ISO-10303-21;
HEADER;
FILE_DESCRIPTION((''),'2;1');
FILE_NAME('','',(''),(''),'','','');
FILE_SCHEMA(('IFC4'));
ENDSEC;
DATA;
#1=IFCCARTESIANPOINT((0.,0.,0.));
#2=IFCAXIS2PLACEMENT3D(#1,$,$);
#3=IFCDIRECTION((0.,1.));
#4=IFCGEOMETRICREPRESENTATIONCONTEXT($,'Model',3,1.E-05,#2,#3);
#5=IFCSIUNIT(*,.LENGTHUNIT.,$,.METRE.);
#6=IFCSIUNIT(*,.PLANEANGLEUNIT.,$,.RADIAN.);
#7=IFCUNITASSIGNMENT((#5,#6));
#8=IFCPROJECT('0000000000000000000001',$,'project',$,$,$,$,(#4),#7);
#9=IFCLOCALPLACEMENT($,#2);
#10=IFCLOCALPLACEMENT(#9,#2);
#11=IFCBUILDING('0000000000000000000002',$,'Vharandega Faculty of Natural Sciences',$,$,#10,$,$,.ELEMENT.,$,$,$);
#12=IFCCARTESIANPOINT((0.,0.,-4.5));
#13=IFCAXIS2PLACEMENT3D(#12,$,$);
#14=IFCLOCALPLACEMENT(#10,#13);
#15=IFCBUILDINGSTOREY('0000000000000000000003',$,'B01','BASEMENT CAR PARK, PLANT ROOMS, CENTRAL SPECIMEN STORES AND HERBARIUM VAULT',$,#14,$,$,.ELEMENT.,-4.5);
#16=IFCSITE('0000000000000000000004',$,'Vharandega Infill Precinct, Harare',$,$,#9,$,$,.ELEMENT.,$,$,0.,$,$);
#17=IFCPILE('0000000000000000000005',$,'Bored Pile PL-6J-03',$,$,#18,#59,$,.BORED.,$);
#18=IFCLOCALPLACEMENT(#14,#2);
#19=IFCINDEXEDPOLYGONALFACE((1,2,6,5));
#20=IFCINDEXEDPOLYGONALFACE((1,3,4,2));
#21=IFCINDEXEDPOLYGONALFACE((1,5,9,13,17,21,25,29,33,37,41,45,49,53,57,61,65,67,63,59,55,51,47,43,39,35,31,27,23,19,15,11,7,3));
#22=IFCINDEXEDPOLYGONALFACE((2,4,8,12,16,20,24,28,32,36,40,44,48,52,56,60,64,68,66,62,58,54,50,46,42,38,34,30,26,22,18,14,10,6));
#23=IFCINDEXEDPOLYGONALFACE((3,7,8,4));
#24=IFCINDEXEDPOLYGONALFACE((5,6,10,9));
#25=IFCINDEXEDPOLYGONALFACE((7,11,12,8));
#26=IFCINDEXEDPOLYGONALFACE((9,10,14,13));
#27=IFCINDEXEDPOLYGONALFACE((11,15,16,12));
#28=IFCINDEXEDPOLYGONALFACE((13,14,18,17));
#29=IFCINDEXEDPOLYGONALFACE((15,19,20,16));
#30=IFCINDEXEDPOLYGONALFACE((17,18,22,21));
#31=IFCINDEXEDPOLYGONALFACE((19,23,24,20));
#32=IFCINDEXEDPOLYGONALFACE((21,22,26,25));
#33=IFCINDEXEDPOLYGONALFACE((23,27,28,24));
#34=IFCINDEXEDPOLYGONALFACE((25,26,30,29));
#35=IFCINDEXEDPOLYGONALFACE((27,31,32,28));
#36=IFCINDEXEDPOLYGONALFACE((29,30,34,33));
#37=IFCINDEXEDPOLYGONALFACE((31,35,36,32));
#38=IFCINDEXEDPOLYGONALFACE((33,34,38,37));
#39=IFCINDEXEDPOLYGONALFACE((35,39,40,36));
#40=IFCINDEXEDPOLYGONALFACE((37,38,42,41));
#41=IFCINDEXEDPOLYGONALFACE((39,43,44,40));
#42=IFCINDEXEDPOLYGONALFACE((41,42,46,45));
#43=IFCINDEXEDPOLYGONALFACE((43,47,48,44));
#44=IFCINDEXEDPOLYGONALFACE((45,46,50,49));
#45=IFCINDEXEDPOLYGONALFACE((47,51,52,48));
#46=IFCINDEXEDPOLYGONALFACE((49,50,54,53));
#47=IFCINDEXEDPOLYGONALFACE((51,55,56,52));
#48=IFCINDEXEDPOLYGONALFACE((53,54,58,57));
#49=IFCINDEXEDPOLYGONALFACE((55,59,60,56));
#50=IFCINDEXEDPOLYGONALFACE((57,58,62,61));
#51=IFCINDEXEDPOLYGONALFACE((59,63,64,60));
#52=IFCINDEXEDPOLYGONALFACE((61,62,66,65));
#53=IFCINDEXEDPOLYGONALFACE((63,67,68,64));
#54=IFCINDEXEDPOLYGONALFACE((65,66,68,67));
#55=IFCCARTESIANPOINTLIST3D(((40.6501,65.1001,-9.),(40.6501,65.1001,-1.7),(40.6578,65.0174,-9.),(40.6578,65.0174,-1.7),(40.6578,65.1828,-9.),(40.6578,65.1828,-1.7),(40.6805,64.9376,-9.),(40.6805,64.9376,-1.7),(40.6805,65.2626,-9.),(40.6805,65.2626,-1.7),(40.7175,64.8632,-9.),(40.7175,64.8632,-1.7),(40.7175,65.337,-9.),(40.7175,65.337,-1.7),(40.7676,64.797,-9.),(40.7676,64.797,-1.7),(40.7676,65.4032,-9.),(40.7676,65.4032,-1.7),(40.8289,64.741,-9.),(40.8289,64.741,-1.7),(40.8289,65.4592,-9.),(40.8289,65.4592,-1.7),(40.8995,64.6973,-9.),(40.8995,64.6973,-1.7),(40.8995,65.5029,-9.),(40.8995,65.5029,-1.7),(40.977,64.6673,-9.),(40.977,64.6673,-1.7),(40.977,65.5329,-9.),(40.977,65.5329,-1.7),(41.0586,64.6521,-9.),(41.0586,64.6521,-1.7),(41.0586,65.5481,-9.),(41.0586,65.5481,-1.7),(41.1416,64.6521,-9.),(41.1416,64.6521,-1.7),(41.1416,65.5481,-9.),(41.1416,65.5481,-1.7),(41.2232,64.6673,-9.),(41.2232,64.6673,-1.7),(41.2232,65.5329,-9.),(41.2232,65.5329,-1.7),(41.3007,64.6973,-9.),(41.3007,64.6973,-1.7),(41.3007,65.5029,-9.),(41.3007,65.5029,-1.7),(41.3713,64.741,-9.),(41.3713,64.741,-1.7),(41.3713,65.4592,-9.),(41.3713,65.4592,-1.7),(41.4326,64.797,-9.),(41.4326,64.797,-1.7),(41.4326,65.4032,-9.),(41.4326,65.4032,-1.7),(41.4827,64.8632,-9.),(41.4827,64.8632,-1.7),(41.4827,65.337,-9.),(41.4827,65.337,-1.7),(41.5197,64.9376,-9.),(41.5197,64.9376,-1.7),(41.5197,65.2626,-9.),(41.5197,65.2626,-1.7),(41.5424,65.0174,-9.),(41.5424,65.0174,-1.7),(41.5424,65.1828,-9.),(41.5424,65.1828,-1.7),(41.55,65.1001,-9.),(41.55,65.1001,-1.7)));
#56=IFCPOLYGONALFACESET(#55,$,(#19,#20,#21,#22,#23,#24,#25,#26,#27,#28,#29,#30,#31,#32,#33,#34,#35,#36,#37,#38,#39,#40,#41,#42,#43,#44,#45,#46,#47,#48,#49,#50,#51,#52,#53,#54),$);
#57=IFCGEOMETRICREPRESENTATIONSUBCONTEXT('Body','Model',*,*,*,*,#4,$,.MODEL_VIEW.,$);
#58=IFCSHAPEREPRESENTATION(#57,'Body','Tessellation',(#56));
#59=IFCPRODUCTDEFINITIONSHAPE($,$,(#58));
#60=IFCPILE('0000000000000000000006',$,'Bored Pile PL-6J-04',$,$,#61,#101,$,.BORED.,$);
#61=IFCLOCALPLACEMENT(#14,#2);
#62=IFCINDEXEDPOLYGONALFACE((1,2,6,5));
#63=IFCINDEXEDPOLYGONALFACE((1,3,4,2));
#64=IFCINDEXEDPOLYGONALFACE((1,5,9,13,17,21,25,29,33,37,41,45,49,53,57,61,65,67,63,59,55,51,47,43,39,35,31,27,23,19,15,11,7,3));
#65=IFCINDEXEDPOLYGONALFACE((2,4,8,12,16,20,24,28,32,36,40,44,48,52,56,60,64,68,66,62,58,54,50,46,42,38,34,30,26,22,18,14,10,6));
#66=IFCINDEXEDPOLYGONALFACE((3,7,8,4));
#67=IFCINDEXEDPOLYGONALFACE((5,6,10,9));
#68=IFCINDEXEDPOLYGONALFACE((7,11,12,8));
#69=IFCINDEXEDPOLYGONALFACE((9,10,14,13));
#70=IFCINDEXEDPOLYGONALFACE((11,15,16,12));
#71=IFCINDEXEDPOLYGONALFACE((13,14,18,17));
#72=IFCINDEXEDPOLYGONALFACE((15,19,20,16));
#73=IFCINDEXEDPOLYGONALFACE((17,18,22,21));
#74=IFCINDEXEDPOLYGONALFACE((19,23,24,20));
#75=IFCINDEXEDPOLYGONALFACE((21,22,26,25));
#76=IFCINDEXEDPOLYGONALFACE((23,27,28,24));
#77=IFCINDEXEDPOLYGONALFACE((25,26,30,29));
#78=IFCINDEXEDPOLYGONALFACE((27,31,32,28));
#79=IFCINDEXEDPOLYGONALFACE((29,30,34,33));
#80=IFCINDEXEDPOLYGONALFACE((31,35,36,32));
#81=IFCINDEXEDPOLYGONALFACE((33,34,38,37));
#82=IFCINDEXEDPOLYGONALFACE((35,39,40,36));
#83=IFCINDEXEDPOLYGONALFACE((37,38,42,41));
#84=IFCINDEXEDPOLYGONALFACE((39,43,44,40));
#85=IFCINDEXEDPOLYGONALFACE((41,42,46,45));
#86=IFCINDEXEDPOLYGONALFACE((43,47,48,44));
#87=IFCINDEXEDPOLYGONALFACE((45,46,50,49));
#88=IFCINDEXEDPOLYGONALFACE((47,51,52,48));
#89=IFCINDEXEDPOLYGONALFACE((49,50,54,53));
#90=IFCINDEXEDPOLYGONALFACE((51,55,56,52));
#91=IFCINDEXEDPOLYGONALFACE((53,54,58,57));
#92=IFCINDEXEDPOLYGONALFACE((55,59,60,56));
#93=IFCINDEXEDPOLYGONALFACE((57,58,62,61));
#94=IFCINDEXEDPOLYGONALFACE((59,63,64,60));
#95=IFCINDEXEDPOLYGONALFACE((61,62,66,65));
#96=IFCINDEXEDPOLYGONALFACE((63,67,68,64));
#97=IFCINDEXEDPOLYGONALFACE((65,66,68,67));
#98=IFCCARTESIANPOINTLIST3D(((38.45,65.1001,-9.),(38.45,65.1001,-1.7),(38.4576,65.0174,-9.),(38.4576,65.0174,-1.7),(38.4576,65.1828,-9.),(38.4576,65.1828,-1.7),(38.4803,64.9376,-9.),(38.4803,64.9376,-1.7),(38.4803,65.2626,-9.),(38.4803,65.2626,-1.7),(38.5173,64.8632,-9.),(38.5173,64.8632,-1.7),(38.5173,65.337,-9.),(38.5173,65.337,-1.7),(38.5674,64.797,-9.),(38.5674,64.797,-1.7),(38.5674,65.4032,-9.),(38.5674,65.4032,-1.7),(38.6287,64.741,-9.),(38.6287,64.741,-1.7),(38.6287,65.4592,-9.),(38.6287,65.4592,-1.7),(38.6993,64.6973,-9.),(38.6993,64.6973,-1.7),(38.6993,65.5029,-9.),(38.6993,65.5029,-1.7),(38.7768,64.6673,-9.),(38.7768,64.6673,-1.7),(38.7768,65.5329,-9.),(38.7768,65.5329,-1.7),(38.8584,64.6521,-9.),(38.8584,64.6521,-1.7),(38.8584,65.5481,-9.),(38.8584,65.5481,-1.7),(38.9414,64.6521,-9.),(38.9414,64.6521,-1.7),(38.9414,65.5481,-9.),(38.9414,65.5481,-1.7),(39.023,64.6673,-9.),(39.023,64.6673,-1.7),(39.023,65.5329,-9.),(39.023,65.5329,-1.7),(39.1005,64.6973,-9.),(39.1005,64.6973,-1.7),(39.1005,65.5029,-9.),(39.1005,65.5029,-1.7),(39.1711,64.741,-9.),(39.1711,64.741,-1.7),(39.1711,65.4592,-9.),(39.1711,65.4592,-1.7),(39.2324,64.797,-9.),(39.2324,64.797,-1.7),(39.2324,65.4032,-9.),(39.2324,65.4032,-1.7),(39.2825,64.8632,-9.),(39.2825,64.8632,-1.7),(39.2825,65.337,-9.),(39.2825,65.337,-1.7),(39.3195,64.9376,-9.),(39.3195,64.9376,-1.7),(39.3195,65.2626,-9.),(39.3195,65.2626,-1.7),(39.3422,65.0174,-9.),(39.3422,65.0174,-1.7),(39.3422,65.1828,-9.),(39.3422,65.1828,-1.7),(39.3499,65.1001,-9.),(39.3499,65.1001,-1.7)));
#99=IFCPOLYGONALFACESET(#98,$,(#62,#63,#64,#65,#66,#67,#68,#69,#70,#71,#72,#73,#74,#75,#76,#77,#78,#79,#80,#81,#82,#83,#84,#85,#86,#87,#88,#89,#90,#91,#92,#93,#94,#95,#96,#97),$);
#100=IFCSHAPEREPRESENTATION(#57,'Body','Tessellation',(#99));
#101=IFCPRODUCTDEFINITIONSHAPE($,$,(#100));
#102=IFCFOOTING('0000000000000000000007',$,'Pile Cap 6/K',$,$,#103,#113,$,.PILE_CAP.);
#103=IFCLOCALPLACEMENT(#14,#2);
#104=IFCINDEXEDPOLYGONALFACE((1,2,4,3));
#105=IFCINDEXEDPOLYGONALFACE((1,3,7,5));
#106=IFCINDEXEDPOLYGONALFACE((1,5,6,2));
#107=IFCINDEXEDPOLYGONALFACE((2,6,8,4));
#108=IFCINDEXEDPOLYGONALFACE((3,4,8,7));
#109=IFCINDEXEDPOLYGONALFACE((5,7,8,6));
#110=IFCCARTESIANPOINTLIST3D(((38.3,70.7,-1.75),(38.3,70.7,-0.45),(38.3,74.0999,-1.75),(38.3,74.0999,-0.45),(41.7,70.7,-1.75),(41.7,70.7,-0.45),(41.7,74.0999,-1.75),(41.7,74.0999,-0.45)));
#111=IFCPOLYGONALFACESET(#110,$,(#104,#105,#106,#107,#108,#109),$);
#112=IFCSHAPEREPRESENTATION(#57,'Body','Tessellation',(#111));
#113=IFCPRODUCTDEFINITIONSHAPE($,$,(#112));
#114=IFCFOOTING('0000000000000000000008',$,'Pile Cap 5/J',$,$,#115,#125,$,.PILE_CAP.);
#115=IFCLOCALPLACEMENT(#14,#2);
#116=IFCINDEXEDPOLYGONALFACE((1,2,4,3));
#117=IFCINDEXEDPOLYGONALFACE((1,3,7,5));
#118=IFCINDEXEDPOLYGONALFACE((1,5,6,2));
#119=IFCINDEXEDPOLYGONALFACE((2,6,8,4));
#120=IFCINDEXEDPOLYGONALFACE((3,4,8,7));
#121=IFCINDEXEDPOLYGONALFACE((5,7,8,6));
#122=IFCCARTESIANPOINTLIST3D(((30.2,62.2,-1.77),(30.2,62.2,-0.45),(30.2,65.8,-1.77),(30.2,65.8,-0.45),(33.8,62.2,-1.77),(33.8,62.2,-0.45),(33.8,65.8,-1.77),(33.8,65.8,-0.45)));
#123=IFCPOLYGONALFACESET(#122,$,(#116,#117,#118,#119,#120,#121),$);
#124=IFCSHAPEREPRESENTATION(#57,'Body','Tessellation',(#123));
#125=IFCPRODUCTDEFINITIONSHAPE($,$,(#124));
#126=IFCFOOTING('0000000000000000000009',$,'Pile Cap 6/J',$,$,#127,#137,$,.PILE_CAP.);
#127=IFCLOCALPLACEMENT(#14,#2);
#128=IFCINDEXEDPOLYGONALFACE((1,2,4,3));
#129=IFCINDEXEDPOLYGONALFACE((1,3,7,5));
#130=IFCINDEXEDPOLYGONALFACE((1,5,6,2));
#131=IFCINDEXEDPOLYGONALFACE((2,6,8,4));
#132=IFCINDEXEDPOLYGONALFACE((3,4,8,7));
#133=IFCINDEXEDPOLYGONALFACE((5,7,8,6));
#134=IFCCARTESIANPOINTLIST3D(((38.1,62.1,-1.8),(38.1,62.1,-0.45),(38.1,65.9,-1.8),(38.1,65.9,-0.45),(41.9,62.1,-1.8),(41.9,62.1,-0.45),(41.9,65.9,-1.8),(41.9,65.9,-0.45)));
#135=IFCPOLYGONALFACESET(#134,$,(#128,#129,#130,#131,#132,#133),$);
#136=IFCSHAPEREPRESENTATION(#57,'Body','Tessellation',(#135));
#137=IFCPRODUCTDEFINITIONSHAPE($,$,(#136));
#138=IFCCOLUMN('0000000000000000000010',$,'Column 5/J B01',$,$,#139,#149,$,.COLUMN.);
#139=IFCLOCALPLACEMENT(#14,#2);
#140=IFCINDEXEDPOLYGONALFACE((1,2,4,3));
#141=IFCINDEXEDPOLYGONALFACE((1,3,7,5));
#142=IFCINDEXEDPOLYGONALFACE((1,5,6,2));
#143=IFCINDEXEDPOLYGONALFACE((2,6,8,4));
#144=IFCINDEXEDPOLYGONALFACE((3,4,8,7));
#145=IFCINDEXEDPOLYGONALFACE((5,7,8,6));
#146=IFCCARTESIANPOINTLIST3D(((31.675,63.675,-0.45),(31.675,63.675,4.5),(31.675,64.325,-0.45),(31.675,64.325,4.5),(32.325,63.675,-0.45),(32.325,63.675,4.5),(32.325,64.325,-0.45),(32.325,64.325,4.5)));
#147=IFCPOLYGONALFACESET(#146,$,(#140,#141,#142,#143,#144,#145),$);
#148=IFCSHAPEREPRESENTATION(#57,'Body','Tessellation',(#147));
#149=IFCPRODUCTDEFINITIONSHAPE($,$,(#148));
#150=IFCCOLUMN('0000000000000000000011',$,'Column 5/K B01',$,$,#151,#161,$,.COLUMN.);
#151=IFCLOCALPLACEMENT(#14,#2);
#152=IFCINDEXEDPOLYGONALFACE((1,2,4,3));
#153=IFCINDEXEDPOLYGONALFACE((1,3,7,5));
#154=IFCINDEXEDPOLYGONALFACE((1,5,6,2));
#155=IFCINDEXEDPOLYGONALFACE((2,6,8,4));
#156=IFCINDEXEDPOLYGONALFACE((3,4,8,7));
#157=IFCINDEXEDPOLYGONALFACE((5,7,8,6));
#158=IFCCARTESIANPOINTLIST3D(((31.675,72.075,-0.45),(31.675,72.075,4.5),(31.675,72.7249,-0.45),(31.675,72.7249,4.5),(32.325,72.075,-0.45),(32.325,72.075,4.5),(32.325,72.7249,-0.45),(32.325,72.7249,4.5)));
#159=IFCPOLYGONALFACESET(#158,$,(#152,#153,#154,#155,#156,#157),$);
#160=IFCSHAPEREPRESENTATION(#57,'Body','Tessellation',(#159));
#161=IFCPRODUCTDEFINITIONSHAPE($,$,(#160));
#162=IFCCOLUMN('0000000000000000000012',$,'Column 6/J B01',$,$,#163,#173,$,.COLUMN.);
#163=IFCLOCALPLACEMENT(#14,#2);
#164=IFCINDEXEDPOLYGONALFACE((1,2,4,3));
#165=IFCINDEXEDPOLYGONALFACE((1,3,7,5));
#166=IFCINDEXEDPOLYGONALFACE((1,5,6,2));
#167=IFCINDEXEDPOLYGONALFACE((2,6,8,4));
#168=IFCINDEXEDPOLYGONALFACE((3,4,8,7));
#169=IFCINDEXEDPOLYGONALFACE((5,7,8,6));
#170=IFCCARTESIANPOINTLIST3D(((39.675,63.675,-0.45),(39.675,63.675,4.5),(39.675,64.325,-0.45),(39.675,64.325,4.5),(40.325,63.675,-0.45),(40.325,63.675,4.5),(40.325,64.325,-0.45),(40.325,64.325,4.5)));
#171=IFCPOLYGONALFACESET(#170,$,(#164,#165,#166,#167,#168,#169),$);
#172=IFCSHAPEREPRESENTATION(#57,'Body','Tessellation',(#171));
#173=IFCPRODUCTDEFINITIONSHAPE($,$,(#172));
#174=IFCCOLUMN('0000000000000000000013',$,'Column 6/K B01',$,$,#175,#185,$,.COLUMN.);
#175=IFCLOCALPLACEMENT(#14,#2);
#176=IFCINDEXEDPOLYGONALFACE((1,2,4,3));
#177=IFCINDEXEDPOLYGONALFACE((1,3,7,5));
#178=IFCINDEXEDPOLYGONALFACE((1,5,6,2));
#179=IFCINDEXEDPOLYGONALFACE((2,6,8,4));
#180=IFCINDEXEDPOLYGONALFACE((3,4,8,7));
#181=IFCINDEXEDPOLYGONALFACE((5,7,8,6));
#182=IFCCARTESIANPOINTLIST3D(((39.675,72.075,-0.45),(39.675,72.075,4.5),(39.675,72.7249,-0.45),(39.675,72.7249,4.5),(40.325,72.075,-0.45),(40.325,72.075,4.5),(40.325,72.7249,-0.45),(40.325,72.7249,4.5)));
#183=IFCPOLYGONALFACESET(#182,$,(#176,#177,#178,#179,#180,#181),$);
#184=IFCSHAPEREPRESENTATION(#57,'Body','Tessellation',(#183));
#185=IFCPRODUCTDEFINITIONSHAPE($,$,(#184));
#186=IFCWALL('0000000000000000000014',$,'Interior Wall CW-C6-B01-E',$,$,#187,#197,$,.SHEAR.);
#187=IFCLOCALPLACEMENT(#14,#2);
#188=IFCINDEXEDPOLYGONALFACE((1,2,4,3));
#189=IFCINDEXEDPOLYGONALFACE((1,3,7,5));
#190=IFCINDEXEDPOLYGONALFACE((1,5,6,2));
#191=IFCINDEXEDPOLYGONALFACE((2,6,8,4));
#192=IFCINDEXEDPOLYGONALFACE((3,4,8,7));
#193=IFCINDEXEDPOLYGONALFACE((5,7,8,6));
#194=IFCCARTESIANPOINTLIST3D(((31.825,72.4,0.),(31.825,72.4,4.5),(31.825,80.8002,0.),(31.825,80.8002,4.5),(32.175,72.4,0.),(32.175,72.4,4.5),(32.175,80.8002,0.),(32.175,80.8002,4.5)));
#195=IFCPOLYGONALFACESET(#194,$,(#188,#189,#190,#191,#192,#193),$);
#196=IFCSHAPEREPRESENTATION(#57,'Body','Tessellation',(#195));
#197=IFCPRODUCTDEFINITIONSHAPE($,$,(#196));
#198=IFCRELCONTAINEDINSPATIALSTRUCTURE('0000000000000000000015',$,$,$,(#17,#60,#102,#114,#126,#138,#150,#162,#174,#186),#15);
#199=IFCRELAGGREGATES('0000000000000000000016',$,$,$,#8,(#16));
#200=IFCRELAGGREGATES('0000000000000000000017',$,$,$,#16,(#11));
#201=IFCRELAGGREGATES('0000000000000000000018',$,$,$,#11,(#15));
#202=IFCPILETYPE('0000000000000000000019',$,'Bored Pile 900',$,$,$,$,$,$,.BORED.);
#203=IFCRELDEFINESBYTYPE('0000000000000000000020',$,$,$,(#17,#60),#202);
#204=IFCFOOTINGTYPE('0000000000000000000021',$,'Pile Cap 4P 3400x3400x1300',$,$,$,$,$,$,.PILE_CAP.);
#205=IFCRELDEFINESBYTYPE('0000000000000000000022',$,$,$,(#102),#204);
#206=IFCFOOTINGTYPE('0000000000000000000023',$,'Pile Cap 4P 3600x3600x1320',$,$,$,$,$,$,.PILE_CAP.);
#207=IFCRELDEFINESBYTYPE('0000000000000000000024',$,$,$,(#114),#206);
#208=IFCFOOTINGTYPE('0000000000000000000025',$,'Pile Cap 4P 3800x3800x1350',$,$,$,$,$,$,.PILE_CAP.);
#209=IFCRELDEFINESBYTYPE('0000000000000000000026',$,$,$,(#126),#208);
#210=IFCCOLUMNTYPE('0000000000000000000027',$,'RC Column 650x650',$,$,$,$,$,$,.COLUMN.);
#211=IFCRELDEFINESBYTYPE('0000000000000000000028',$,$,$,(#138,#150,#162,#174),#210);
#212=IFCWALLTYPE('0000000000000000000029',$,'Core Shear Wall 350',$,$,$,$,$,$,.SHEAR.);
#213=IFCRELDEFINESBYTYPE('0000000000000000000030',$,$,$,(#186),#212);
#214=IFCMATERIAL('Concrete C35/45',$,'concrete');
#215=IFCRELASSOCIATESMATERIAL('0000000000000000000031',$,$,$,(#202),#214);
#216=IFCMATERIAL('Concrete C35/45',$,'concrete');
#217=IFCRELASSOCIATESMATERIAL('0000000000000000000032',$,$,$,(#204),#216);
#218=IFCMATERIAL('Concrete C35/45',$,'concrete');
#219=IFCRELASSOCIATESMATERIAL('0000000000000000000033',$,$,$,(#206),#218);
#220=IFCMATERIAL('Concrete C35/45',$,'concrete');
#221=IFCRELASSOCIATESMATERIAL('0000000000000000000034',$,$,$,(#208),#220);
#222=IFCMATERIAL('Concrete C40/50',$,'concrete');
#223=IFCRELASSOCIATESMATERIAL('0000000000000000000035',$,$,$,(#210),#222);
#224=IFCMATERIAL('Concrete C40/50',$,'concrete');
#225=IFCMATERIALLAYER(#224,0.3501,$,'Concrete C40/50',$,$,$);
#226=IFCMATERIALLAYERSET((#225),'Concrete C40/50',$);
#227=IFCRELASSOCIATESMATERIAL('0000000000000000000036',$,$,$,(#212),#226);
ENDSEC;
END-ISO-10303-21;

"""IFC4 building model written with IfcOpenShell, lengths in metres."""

from ifc_helpers import new_model, si_unit, direction, frame, frame_2d, origin, origin_2d, place, context, subcontext, project, spatial, rectangle, circle, extrude, material, layer, layer_set, material_profile, profile_set, type_object, element, save


model = new_model("IFC4")

# Units and contexts
model_context = context("Model", 3, precision=1e-05, world=origin(), true_north=direction((0.0, 1.0)))
body_context = subcontext(model_context, "Body", "Model", "MODEL_VIEW")
ifc_project = project(units=[si_unit("LENGTHUNIT", "METRE"), si_unit("PLANEANGLEUNIT", "RADIAN")], contexts=[model_context])

# Site, building, storey
site_placement = place(None, origin())
site = spatial("IfcSite", under=ifc_project, at=site_placement, Name="Vharandega Infill Precinct, Harare", CompositionType="ELEMENT", RefElevation=0.0)
building_placement = place(site_placement, origin())
building = spatial("IfcBuilding", under=site, at=building_placement, Name="Vharandega Faculty of Natural Sciences", CompositionType="ELEMENT")
storey_placement = place(building_placement, frame((0.0, 0.0, -4.5)))
storey = spatial("IfcBuildingStorey", under=building, at=storey_placement, Name="B01", Description="BASEMENT CAR PARK, PLANT ROOMS, CENTRAL SPECIMEN STORES AND HERBARIUM VAULT", CompositionType="ELEMENT", Elevation=-4.5)

# Piles
ifc_material_1 = material(Name="Concrete C35/45", Category="concrete")
ifc_material_profile_1 = material_profile(ifc_material_1, circle(Radius=0.45, at=origin_2d()), Name="PILE 900")
ifc_profile_set_1 = profile_set([ifc_material_profile_1], Name="Concrete C35/45")
pile_type_1 = type_object("IfcPileType", Name="Bored Pile 900", PredefinedType="BORED", material=ifc_profile_set_1)
for number, where, z_axis, x_axis, name in (
    (1, (41.1001, 65.1001, -1.7), (0.0, 0.0, -1.0), (1.0, 0.0, 0.0), "Bored Pile PL-6J-03"),
    (2, (38.8999, 65.1001, -1.7), (0.0, 0.0, -1.0), (1.0, 0.0, 0.0), "Bored Pile PL-6J-04"),
):
    element("IfcPile", number, at=place(storey_placement, frame(where, z_axis=z_axis, x_axis=x_axis)), inside=storey, type_object=pile_type_1, Name=name, PredefinedType="BORED", context=body_context, shape_type="SweptSolid", body=[
        extrude(circle(Radius=0.45, at=origin_2d()), origin(), (0.0, 0.0, 1.0), 7.3),
    ])

# Footings
ifc_material_2 = material(Name="Concrete C35/45", Category="concrete")
footing_type_1 = type_object("IfcFootingType", Name="Pile Cap 4P 3400x3400x1300", PredefinedType="PILE_CAP", material=ifc_material_2)
footing_1_placement = place(storey_placement, frame((40.0, 72.3999, -1.75), z_axis=(0.0, 0.0, 1.0), x_axis=(1.0, 0.0, 0.0)))
element("IfcFooting", 3, at=footing_1_placement, inside=storey, type_object=footing_type_1, Name="Pile Cap 6/K", PredefinedType="PILE_CAP", context=body_context, shape_type="SweptSolid", body=[
    extrude(rectangle(XDim=3.3999, YDim=3.3999, at=origin_2d()), origin(), (0.0, 0.0, 1.0), 1.3),
])
ifc_material_3 = material(Name="Concrete C35/45", Category="concrete")
footing_type_2 = type_object("IfcFootingType", Name="Pile Cap 4P 3600x3600x1320", PredefinedType="PILE_CAP", material=ifc_material_3)
footing_2_placement = place(storey_placement, frame((32.0, 64.0, -1.77), z_axis=(0.0, 0.0, 1.0), x_axis=(1.0, 0.0, 0.0)))
element("IfcFooting", 4, at=footing_2_placement, inside=storey, type_object=footing_type_2, Name="Pile Cap 5/J", PredefinedType="PILE_CAP", context=body_context, shape_type="SweptSolid", body=[
    extrude(rectangle(XDim=3.6001, YDim=3.6001, at=origin_2d()), origin(), (0.0, 0.0, 1.0), 1.3201),
])
ifc_material_4 = material(Name="Concrete C35/45", Category="concrete")
footing_type_3 = type_object("IfcFootingType", Name="Pile Cap 4P 3800x3800x1350", PredefinedType="PILE_CAP", material=ifc_material_4)
footing_3_placement = place(storey_placement, frame((40.0, 64.0, -1.8), z_axis=(0.0, 0.0, 1.0), x_axis=(1.0, 0.0, 0.0)))
element("IfcFooting", 5, at=footing_3_placement, inside=storey, type_object=footing_type_3, Name="Pile Cap 6/J", PredefinedType="PILE_CAP", context=body_context, shape_type="SweptSolid", body=[
    extrude(rectangle(XDim=3.8, YDim=3.8, at=origin_2d()), origin(), (0.0, 0.0, 1.0), 1.3501),
])

# Columns
ifc_material_5 = material(Name="Concrete C40/50", Category="concrete")
ifc_material_profile_2 = material_profile(ifc_material_5, rectangle(XDim=0.6499, YDim=0.6499, at=origin_2d()), Name="RC 650x650")
ifc_profile_set_2 = profile_set([ifc_material_profile_2], Name="Concrete C40/50")
column_type = type_object("IfcColumnType", Name="RC Column 650x650", PredefinedType="COLUMN", material=ifc_profile_set_2)
for number, where, z_axis, x_axis, name in (
    (6, (32.0, 64.0, -0.45), (0.0, 0.0, 1.0), (1.0, 0.0, 0.0), "Column 5/J B01"),
    (7, (32.0, 72.3999, -0.45), (0.0, 0.0, 1.0), (1.0, 0.0, 0.0), "Column 5/K B01"),
    (8, (40.0, 64.0, -0.45), (0.0, 0.0, 1.0), (1.0, 0.0, 0.0), "Column 6/J B01"),
    (9, (40.0, 72.3999, -0.45), (0.0, 0.0, 1.0), (1.0, 0.0, 0.0), "Column 6/K B01"),
):
    element("IfcColumn", number, at=place(storey_placement, frame(where, z_axis=z_axis, x_axis=x_axis)), inside=storey, type_object=column_type, Name=name, PredefinedType="COLUMN", context=body_context, shape_type="SweptSolid", body=[
        extrude(rectangle(XDim=0.6499, YDim=0.6499, at=origin_2d()), origin(), (0.0, 0.0, 1.0), 4.95),
    ])

# Wall
ifc_material_6 = material(Name="Concrete C40/50", Category="concrete")
ifc_layer_1 = layer(ifc_material_6, 0.3501, Name="Concrete C40/50")
ifc_layer_set_1 = layer_set([ifc_layer_1], Name="Concrete C40/50")
wall_type_1 = type_object("IfcWallType", Name="Core Shear Wall 350", PredefinedType="SHEAR", material=ifc_layer_set_1)
wall_1_placement = place(storey_placement, frame((32.0, 72.3999, 0.0), z_axis=(0.0, 0.0, 1.0), x_axis=(0.0, 1.0, 0.0)))
element("IfcWall", 10, at=wall_1_placement, inside=storey, type_object=wall_type_1, Name="Interior Wall CW-C6-B01-E", PredefinedType="SHEAR", context=body_context, shape_type="SweptSolid", body=[
    extrude(rectangle(XDim=8.4001, YDim=0.3501, at=frame_2d((4.2002, 0.0))), origin(), (0.0, 0.0, 1.0), 4.5),
])

save(model, "model.ifc")
